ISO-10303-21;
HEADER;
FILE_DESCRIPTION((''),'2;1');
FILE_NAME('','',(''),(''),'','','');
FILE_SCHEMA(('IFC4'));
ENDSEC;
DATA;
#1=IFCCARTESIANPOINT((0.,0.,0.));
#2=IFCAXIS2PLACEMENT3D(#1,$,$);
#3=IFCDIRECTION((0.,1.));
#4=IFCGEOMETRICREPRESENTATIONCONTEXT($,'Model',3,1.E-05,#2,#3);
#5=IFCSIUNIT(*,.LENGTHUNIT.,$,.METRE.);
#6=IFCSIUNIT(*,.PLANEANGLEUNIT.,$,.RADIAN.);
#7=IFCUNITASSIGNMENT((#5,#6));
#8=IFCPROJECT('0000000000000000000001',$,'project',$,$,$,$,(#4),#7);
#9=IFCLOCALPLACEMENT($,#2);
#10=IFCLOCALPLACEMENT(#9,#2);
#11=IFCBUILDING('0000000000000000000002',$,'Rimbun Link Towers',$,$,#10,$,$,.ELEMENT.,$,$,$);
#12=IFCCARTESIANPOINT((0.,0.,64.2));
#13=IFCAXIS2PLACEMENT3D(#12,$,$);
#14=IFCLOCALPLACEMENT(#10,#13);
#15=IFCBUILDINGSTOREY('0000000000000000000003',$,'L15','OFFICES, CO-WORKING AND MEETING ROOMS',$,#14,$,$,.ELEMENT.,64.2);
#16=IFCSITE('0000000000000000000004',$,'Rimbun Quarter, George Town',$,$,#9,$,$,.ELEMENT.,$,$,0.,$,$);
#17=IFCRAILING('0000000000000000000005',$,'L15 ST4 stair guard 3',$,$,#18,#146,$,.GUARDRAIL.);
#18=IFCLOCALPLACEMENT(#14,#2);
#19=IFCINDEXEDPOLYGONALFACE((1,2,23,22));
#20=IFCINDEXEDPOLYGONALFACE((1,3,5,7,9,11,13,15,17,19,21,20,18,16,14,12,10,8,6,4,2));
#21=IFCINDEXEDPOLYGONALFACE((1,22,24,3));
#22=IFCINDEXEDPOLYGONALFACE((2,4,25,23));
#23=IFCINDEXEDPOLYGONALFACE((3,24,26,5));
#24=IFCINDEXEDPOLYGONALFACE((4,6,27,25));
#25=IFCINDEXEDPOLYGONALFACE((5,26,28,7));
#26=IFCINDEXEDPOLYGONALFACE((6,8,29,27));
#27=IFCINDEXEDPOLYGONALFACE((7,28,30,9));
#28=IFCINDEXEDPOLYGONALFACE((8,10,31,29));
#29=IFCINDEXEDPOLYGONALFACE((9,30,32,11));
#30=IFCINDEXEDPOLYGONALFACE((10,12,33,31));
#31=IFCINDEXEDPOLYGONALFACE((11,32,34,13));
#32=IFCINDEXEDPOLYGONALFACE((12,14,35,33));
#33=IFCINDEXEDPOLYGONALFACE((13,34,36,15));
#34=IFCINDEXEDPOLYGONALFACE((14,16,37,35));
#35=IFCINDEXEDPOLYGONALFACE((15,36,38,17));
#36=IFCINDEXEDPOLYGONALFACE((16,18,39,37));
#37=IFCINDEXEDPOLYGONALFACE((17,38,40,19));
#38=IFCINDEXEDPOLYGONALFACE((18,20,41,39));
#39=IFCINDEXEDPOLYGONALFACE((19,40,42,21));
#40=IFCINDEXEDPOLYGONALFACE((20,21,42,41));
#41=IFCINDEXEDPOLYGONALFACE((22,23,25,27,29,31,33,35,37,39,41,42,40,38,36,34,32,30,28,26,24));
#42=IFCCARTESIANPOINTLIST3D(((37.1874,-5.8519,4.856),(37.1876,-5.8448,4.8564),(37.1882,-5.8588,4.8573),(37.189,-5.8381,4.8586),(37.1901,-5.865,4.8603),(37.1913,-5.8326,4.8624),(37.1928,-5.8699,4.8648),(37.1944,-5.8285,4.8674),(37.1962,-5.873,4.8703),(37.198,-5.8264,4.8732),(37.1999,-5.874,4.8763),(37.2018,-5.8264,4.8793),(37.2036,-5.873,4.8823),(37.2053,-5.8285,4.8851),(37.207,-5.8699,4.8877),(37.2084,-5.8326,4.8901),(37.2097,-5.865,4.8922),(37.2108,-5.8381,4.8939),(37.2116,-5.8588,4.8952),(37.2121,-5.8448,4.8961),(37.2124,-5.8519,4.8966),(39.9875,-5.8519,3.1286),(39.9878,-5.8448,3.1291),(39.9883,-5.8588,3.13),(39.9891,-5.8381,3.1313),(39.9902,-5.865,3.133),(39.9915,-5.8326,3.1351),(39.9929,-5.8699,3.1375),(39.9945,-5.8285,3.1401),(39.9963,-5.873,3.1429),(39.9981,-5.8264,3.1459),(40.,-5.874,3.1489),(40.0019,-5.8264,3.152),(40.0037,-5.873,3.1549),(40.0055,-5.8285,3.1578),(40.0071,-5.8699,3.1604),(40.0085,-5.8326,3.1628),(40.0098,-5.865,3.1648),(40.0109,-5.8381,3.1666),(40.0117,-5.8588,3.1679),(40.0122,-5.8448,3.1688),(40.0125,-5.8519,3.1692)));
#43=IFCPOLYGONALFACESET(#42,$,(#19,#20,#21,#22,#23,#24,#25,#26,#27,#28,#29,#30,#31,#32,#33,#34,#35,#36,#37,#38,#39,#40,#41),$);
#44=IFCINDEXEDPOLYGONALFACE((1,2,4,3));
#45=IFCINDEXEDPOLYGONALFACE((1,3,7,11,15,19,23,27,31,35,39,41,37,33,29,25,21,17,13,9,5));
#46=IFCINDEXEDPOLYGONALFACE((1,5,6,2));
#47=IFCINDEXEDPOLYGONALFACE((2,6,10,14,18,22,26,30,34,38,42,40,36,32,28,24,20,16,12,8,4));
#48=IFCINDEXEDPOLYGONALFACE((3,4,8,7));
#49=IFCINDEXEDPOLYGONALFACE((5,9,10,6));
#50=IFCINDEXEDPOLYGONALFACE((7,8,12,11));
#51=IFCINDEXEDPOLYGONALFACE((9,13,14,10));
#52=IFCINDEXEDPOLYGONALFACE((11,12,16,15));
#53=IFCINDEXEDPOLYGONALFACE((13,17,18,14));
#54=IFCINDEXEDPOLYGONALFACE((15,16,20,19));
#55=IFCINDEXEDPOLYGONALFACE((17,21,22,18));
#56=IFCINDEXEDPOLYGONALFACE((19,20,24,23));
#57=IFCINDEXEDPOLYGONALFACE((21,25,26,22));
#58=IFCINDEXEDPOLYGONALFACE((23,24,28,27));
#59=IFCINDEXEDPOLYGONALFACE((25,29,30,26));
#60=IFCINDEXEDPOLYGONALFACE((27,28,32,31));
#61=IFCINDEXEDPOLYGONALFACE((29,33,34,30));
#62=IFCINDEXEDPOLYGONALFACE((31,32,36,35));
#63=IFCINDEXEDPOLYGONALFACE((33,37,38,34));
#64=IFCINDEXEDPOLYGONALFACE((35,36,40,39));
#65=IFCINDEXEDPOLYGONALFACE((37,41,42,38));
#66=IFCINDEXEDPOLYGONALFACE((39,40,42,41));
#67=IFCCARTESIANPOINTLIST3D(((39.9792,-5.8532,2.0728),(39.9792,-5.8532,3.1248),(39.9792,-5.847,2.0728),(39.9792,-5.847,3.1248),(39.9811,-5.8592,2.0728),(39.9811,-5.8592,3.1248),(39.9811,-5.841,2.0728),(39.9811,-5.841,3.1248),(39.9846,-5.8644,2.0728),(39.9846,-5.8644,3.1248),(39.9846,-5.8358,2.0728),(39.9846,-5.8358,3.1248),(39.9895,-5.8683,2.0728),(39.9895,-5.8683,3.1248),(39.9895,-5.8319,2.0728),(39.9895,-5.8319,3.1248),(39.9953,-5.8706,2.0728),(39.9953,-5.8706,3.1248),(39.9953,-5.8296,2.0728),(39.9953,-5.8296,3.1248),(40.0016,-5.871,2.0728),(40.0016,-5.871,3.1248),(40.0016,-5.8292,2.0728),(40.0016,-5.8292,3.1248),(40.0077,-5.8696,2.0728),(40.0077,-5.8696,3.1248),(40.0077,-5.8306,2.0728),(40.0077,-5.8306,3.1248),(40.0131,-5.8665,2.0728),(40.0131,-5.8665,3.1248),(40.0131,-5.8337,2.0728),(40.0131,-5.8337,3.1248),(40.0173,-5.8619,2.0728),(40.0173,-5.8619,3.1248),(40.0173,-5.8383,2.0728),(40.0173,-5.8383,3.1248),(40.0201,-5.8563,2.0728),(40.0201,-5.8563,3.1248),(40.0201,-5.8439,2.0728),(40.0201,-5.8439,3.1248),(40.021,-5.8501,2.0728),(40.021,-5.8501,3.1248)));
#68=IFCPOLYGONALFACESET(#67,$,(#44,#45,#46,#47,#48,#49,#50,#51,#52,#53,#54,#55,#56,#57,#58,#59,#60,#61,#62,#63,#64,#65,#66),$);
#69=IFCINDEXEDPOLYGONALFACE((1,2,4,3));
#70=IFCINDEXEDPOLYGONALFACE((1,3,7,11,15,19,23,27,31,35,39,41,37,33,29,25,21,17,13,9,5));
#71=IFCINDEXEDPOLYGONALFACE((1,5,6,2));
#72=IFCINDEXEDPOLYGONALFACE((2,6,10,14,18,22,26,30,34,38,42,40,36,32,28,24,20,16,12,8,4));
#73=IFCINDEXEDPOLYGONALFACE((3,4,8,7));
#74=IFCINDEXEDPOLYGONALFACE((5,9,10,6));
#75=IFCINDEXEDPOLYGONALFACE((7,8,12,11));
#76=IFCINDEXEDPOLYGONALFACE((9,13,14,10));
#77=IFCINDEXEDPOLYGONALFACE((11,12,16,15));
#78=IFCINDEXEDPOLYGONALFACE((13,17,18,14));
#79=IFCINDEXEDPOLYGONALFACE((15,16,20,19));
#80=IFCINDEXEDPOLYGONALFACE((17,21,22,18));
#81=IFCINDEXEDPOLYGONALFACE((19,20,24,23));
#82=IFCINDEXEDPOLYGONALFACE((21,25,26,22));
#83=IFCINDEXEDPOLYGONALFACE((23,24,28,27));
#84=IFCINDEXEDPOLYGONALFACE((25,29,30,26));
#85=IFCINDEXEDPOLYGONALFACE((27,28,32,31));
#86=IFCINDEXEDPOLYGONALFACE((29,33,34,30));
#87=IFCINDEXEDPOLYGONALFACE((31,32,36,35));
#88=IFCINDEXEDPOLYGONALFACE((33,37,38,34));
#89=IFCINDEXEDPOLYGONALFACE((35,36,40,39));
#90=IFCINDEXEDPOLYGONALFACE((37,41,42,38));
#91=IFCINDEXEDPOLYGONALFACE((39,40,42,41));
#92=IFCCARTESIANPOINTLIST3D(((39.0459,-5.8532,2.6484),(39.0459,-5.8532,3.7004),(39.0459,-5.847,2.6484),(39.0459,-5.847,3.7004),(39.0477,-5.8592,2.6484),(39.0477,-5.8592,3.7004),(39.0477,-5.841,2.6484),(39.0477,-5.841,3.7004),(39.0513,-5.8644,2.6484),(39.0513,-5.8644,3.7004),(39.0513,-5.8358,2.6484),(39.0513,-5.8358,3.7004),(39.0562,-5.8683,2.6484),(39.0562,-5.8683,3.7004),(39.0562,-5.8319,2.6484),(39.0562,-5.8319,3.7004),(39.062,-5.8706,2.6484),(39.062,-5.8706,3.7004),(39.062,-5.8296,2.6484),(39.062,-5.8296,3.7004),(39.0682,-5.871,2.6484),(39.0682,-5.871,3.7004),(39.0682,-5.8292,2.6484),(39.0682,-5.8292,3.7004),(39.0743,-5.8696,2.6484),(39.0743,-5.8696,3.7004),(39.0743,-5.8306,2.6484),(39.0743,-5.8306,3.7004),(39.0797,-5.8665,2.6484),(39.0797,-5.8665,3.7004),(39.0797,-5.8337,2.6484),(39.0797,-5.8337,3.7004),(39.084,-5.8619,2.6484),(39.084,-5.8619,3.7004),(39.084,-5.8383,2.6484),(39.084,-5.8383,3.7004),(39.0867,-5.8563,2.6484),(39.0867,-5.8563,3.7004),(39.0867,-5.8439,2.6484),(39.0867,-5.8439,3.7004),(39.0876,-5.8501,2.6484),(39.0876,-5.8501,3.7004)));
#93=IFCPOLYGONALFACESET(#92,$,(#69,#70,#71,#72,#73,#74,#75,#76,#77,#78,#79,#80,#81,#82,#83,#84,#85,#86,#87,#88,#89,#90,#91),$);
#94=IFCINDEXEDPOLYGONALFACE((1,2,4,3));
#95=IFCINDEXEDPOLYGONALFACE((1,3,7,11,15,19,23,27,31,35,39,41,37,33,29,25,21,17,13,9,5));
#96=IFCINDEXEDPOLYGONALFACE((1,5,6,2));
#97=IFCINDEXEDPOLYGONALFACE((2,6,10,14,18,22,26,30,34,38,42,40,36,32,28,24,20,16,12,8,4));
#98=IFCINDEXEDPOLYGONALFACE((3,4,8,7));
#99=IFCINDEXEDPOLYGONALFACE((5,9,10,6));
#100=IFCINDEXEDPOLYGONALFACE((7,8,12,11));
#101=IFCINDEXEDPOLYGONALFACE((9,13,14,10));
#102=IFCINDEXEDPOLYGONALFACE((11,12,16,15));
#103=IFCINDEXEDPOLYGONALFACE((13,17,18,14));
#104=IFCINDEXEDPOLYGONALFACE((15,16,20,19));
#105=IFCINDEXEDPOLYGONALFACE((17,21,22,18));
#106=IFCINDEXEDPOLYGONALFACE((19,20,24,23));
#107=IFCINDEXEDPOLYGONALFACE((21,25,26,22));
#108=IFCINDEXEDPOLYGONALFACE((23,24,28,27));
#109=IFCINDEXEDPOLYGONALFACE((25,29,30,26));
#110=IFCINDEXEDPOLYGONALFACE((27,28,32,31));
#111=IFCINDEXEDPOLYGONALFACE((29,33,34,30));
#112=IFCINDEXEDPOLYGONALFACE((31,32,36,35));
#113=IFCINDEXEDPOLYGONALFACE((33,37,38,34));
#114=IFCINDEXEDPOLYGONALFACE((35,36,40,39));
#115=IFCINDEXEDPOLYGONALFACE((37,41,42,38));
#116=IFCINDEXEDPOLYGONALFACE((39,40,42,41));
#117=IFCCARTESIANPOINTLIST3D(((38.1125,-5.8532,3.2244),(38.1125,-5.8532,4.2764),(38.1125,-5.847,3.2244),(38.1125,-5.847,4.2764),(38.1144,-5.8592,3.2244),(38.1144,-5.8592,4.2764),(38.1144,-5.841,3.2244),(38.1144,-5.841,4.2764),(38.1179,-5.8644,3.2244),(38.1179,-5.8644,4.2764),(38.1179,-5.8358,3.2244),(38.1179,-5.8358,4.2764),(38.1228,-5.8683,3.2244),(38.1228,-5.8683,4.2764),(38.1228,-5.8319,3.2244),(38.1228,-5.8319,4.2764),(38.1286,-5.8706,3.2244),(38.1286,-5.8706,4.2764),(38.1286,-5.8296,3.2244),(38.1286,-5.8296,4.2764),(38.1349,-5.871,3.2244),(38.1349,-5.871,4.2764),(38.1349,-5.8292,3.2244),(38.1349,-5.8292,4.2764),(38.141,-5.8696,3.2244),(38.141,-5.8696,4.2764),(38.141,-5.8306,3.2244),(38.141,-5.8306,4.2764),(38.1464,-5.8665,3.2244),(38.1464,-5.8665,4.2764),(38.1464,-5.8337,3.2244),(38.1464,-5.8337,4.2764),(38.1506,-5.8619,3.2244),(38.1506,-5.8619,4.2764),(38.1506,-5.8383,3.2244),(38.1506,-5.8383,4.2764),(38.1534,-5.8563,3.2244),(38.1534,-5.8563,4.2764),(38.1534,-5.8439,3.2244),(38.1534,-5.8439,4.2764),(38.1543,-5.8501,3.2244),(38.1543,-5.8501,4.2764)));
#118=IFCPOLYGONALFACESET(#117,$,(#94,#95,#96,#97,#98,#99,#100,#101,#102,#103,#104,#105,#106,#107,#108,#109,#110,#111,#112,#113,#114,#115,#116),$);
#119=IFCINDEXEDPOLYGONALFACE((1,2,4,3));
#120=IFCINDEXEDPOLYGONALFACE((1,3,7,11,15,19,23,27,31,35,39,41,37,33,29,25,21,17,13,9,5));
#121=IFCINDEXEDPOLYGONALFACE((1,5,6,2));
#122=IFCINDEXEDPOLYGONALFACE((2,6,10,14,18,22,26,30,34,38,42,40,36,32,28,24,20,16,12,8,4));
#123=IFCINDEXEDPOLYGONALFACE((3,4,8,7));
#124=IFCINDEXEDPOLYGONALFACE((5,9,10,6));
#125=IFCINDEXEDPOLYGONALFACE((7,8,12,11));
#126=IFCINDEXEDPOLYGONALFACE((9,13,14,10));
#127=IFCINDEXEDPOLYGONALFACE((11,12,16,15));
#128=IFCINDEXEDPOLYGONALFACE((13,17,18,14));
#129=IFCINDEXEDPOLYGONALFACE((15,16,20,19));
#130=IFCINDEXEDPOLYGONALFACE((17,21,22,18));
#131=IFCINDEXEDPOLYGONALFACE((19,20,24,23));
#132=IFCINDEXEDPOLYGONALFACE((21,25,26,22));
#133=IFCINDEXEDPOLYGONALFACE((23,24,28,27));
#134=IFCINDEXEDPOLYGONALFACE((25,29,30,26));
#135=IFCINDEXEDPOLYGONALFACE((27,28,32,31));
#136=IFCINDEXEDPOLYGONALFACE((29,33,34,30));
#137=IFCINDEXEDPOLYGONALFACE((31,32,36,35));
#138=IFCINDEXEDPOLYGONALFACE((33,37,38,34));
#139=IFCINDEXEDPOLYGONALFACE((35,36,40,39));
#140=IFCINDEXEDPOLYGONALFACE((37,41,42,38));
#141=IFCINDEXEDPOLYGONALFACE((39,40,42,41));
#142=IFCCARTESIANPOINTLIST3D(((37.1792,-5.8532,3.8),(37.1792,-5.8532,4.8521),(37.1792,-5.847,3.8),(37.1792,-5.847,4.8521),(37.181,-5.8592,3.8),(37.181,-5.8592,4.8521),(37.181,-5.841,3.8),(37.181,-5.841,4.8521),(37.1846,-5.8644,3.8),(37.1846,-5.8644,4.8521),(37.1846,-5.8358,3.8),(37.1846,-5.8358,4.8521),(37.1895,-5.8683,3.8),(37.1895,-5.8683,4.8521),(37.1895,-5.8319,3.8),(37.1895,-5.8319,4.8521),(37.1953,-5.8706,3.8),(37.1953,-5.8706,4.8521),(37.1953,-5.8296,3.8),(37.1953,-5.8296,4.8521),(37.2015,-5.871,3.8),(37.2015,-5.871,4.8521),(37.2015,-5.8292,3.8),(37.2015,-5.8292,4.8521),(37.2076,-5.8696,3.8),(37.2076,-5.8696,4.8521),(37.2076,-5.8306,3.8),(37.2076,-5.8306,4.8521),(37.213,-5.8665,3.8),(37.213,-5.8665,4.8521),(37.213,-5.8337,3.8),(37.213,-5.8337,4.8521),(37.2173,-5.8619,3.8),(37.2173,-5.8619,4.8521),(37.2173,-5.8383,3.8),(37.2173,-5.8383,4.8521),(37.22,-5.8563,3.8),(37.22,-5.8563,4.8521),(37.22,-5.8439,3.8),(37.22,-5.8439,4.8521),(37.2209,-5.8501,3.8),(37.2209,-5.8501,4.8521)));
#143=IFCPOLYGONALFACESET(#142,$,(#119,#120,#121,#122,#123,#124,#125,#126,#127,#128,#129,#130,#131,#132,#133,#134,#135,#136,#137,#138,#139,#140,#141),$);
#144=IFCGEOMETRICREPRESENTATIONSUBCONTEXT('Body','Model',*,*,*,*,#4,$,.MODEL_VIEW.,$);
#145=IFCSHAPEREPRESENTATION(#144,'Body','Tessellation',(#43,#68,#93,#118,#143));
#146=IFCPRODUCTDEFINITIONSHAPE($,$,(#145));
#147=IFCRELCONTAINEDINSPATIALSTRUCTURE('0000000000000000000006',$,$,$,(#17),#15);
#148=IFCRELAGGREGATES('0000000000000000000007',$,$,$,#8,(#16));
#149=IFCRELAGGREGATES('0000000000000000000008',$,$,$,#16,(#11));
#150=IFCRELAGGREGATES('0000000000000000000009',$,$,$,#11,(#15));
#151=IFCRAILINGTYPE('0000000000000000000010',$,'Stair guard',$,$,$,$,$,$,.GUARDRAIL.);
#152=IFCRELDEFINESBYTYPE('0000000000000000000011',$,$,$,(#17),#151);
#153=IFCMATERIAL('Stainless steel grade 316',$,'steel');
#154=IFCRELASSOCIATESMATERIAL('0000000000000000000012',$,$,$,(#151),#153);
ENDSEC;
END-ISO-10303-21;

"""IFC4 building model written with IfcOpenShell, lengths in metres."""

from ifc_helpers import new_model, si_unit, direction, frame, origin, origin_2d, place, context, subcontext, project, spatial, circle, extrude, material, type_object, element, save


model = new_model("IFC4")

# Units and contexts
model_context = context("Model", 3, precision=1e-05, world=origin(), true_north=direction((0.0, 1.0)))
body_context = subcontext(model_context, "Body", "Model", "MODEL_VIEW")
ifc_project = project(units=[si_unit("LENGTHUNIT", "METRE"), si_unit("PLANEANGLEUNIT", "RADIAN")], contexts=[model_context])

# Site, building, storey
site_placement = place(None, origin())
site = spatial("IfcSite", under=ifc_project, at=site_placement, Name="Rimbun Quarter, George Town", CompositionType="ELEMENT", RefElevation=0.0)
building_placement = place(site_placement, origin())
building = spatial("IfcBuilding", under=site, at=building_placement, Name="Rimbun Link Towers", CompositionType="ELEMENT")
storey_placement = place(building_placement, frame((0.0, 0.0, 64.2)))
storey = spatial("IfcBuildingStorey", under=building, at=storey_placement, Name="L15", Description="OFFICES, CO-WORKING AND MEETING ROOMS", CompositionType="ELEMENT", Elevation=64.2)

# Railing
ifc_material_1 = material(Name="Stainless steel grade 316", Category="steel")
railing_type_1 = type_object("IfcRailingType", Name="Stair guard", PredefinedType="GUARDRAIL", material=ifc_material_1)
railing_1_placement = place(storey_placement, frame((40.0, -5.8501, 2.0728)))
element("IfcRailing", 1, at=railing_1_placement, inside=storey, type_object=railing_type_1, Name="L15 ST4 stair guard 3", PredefinedType="GUARDRAIL", context=body_context, shape_type="SweptSolid", body=[
    extrude(circle(Radius=0.0239, at=origin_2d()), frame((0.0, 0.0, 1.0762), z_axis=(-0.85109, 0.0, 0.52502), x_axis=(0.0, -1.0, 0.0)), (0.0, 0.0, 1.0), 3.29),
    extrude(circle(Radius=0.021, at=origin_2d()), origin(), (0.0, 0.0, 1.0), 1.052),
    extrude(circle(Radius=0.021, at=origin_2d()), frame((-0.9333, 0.0, 0.5757)), (0.0, 0.0, 1.0), 1.052),
    extrude(circle(Radius=0.021, at=origin_2d()), frame((-1.8667, 0.0, 1.1516)), (0.0, 0.0, 1.0), 1.052),
    extrude(circle(Radius=0.021, at=origin_2d()), frame((-2.8, 0.0, 1.7273)), (0.0, 0.0, 1.0), 1.052),
])

save(model, "model.ifc")
